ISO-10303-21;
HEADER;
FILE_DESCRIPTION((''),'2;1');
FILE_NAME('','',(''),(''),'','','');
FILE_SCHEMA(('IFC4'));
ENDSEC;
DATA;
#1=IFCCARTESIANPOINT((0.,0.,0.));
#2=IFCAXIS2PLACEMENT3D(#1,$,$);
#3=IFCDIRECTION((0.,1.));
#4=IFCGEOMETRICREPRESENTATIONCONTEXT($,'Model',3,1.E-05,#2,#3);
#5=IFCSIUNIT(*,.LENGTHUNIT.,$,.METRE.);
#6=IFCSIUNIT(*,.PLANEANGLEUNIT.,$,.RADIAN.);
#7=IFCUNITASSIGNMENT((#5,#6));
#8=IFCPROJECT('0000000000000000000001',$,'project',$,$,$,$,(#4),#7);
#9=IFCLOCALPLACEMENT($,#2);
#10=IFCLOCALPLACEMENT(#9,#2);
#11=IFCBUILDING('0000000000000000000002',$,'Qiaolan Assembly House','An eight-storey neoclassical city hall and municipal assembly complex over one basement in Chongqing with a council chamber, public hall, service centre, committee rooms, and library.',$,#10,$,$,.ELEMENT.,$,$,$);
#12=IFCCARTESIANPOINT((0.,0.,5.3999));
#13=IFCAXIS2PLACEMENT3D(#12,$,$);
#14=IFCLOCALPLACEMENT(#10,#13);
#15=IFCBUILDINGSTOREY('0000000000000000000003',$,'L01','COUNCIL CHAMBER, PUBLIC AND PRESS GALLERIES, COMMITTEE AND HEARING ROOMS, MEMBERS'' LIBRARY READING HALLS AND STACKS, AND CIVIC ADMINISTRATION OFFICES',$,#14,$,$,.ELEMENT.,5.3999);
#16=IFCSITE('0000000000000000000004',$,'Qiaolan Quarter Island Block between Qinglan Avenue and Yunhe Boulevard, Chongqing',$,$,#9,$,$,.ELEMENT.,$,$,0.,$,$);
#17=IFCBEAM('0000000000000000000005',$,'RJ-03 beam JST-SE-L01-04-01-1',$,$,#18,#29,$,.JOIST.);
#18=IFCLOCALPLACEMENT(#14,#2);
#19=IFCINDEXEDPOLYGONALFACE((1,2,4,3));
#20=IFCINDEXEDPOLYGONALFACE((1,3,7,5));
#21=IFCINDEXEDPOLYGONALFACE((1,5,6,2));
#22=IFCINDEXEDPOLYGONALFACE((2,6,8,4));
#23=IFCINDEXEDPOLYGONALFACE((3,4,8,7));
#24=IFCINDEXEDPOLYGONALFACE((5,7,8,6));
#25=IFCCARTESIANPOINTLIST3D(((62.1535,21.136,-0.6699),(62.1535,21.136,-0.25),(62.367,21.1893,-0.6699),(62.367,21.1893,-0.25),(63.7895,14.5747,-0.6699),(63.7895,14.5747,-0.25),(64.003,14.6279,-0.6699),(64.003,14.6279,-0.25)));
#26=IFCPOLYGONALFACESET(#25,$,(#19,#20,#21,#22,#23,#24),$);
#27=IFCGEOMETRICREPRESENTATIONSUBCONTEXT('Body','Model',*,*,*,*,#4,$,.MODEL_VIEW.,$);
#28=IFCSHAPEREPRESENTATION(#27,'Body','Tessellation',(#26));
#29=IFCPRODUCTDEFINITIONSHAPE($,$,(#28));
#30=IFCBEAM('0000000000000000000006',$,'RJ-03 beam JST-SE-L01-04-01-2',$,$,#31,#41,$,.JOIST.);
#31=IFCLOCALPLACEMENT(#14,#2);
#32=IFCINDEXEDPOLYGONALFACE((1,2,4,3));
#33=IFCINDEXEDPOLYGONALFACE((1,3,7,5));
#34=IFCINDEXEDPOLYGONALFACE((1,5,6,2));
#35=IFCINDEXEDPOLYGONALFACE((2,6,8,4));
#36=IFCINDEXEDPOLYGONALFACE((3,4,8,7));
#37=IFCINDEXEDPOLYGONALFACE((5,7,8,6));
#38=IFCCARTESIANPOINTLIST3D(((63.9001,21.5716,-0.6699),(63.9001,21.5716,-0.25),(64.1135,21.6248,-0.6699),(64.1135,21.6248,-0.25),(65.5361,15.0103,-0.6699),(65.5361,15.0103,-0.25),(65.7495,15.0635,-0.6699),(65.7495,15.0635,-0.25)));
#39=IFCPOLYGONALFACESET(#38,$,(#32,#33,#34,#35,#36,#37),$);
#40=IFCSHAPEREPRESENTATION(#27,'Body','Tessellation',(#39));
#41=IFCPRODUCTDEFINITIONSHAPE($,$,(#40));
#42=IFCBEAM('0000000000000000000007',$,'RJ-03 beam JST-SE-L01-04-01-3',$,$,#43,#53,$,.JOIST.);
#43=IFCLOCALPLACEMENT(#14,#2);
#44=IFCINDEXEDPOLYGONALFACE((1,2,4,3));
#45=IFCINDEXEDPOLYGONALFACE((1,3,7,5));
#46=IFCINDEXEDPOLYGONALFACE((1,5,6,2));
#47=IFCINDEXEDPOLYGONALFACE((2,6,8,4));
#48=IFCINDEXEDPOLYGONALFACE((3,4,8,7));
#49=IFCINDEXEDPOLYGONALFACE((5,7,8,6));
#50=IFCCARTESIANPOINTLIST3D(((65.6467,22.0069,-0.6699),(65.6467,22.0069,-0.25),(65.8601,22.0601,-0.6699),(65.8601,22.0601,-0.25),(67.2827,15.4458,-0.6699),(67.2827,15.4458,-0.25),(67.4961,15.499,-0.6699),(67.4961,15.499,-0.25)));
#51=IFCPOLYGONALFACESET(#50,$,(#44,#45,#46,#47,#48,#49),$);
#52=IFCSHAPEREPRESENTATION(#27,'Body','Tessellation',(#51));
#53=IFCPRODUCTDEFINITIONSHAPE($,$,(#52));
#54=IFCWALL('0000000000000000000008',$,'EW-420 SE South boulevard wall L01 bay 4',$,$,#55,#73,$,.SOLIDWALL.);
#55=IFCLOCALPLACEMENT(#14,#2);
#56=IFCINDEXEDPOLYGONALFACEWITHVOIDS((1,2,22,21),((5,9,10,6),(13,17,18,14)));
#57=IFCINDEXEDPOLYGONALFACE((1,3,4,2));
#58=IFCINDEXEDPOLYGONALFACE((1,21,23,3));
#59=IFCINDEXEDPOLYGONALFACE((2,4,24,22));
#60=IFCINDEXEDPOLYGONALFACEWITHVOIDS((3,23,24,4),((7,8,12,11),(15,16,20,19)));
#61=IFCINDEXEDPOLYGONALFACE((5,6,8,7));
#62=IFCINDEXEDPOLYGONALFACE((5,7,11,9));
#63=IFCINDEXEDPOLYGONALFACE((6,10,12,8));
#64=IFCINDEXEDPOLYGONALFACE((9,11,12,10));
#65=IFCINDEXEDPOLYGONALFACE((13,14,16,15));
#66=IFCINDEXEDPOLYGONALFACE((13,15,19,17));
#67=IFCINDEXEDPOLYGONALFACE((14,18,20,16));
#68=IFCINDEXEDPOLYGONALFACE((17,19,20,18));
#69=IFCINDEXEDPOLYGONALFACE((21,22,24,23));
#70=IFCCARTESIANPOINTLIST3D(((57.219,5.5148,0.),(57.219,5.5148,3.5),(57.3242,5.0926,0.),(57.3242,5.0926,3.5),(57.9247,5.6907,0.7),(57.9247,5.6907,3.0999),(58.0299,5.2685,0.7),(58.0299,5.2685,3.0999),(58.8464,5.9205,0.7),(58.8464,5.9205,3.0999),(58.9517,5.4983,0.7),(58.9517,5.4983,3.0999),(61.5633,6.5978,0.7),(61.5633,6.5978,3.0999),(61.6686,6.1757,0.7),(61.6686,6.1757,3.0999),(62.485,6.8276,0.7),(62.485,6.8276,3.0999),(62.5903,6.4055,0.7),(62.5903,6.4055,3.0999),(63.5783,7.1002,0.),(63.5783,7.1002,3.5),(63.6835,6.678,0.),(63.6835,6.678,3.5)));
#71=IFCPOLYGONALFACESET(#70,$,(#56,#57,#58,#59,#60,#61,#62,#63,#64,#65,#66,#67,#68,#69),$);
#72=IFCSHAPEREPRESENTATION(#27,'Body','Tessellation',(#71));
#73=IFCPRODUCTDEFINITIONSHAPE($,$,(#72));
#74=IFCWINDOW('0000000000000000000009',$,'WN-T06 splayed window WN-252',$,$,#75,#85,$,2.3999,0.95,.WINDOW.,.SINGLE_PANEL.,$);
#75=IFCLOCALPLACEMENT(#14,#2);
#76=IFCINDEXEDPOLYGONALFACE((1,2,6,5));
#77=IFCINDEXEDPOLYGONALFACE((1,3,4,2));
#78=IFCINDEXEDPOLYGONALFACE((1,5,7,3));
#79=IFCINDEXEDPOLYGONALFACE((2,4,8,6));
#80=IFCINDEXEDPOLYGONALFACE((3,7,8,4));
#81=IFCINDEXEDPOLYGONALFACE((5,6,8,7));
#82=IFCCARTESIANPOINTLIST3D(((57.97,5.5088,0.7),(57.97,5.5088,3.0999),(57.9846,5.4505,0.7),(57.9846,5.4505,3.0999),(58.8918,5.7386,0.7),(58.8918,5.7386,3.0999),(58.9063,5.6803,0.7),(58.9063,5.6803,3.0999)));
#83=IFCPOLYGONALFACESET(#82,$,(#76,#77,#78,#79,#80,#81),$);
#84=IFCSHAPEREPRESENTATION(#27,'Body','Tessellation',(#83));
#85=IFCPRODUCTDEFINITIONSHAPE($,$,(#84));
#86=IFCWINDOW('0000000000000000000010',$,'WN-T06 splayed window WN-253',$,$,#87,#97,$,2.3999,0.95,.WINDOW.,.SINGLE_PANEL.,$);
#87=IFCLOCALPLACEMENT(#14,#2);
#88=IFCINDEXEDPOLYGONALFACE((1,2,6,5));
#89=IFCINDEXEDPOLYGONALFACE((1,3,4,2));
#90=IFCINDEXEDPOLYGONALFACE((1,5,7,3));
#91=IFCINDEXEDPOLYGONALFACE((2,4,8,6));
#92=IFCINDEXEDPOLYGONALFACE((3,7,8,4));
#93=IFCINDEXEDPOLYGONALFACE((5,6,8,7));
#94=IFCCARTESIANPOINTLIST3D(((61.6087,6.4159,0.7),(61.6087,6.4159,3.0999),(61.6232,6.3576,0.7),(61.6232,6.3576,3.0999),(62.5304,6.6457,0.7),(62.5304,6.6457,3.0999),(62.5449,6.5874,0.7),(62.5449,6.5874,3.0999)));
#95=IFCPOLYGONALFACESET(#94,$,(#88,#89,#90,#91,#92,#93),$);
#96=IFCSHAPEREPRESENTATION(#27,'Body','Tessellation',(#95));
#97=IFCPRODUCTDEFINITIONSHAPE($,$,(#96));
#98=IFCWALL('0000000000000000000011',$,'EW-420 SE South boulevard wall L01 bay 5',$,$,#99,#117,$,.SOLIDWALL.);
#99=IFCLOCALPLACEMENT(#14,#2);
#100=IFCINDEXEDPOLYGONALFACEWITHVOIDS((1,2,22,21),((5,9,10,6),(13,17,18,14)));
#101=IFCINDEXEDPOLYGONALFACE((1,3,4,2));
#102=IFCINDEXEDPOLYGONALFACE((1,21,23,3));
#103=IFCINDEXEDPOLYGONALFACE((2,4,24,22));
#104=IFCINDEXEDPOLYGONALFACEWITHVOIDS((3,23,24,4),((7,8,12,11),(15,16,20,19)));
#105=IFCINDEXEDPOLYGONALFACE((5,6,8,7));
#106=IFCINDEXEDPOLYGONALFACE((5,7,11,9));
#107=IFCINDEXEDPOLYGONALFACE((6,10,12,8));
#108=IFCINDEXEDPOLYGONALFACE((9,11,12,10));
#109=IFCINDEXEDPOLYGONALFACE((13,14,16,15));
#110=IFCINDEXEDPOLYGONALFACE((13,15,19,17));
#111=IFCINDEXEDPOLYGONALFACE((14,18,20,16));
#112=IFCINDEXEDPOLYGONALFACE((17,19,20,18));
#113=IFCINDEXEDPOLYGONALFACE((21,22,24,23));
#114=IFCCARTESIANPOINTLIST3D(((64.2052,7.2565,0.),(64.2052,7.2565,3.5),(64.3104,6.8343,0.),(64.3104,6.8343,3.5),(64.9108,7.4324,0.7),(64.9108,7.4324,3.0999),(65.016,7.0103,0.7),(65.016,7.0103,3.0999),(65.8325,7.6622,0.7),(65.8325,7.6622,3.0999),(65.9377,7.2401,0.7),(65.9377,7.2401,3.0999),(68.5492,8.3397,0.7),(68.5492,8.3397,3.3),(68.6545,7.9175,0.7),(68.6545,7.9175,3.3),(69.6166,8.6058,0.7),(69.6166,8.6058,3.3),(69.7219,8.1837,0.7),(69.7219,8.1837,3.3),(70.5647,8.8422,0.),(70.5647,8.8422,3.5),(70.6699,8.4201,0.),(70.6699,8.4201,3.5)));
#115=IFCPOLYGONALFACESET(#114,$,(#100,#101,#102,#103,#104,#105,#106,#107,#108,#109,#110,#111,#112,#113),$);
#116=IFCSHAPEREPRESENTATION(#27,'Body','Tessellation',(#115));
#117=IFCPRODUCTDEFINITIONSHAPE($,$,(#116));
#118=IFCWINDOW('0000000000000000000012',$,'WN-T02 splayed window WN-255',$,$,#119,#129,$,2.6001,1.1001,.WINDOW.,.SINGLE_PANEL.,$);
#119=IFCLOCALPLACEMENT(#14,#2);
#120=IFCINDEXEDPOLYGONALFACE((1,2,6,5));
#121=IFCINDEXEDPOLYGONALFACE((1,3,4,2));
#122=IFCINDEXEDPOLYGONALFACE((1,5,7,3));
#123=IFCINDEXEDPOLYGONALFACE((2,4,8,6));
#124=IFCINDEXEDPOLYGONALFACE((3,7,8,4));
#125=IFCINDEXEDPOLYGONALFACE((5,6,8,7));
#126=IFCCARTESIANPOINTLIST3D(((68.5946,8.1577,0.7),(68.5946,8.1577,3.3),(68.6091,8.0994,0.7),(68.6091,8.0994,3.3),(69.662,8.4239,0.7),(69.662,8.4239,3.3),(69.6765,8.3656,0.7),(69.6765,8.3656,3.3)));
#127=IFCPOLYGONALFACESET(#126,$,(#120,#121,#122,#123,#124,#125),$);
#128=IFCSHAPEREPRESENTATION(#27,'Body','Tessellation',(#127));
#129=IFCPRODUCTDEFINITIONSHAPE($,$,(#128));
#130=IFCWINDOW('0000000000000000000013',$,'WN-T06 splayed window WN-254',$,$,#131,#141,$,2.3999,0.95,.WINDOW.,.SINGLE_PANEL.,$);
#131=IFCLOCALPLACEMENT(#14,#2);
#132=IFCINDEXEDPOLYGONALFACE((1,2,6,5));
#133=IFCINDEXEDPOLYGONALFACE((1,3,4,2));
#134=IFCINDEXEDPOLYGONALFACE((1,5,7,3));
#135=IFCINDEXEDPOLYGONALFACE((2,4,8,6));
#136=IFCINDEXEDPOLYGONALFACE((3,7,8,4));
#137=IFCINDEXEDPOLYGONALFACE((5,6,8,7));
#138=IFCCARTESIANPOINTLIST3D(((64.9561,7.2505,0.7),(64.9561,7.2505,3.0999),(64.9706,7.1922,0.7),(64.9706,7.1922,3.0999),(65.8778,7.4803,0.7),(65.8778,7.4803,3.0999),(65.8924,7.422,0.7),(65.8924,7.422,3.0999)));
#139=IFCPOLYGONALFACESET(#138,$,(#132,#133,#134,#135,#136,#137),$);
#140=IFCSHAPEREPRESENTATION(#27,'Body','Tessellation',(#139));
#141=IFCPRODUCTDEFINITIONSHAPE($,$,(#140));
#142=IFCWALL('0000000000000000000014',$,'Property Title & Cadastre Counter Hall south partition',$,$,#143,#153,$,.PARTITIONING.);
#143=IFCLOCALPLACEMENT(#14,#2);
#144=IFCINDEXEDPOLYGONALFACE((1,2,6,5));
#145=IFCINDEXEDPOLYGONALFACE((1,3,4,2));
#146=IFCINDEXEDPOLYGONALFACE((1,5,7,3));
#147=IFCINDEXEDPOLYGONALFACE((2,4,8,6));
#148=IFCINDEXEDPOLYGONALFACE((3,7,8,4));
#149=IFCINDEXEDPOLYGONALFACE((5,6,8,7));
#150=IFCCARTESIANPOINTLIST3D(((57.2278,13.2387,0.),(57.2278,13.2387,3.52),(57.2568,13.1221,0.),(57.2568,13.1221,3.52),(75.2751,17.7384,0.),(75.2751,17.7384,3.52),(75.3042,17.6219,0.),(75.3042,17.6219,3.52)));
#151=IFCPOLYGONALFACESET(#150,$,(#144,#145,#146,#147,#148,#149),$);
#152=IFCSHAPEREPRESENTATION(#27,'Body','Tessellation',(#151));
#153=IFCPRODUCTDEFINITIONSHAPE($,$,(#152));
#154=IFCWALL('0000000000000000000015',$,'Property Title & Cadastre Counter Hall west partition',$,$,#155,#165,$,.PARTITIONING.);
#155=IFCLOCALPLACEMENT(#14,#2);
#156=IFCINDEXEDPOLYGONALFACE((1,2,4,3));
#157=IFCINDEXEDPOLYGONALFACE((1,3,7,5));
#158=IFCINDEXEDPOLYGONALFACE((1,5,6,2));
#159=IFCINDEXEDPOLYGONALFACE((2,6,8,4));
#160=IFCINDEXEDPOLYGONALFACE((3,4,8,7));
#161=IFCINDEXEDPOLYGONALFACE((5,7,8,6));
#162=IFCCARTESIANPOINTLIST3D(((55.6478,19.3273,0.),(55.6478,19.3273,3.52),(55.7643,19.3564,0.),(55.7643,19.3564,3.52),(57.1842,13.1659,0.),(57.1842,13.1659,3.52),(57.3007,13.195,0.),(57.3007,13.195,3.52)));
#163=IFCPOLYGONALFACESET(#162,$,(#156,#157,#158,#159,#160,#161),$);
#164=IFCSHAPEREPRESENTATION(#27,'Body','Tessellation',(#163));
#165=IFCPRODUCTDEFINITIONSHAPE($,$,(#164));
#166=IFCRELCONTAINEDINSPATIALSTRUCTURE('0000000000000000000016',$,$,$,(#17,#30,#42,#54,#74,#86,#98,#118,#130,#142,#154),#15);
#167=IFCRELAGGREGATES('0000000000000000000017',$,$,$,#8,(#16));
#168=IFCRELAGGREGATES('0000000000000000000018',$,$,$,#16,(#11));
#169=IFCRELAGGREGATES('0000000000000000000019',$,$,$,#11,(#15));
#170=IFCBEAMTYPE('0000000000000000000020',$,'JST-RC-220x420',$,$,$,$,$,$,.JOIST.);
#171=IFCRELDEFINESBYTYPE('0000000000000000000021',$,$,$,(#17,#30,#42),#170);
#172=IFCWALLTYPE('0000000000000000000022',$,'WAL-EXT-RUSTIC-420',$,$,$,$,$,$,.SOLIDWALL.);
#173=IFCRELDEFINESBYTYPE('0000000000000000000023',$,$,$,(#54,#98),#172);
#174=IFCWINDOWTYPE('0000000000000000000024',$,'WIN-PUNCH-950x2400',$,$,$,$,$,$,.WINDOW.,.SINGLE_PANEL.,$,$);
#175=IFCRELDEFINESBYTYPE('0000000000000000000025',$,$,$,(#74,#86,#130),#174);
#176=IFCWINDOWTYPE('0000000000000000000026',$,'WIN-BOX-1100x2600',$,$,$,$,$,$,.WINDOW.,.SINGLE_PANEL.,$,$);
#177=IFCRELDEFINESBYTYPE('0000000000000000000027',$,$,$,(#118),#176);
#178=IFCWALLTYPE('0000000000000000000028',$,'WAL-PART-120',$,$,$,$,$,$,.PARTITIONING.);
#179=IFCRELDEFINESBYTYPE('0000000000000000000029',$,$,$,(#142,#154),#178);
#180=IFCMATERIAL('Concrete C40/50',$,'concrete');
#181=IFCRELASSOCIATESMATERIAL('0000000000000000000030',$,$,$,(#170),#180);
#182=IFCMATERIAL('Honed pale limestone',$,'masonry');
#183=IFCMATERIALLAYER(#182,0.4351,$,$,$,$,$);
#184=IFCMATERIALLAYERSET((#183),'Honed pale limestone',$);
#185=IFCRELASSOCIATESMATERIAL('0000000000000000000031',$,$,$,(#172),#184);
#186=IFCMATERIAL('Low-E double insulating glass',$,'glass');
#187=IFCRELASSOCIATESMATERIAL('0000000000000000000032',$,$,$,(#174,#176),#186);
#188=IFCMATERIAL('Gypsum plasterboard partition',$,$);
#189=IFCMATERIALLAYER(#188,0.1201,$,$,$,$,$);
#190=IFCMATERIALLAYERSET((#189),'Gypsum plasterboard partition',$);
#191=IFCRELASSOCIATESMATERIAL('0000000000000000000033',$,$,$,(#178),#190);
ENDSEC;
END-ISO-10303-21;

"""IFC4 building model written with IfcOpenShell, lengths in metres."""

from ifc_helpers import new_model, si_unit, direction, frame, frame_2d, origin, origin_2d, place, context, subcontext, project, spatial, rectangle, extrude, material, layer, layer_set, material_profile, profile_set, type_object, element, fill, save


model = new_model("IFC4")

# Units and contexts
model_context = context("Model", 3, precision=1e-05, world=origin(), true_north=direction((0.0, 1.0)))
body_context = subcontext(model_context, "Body", "Model", "MODEL_VIEW")
ifc_project = project(units=[si_unit("LENGTHUNIT", "METRE"), si_unit("PLANEANGLEUNIT", "RADIAN")], contexts=[model_context])

# Site, building, storey
site_placement = place(None, origin())
site = spatial("IfcSite", under=ifc_project, at=site_placement, Name="Qiaolan Quarter Island Block between Qinglan Avenue and Yunhe Boulevard, Chongqing", CompositionType="ELEMENT", RefElevation=0.0)
building_placement = place(site_placement, origin())
building = spatial("IfcBuilding", under=site, at=building_placement, Name="Qiaolan Assembly House", Description="An eight-storey neoclassical city hall and municipal assembly complex over one basement in Chongqing with a council chamber, public hall, service centre, committee rooms, and library.", CompositionType="ELEMENT")
storey_placement = place(building_placement, frame((0.0, 0.0, 5.3999)))
storey = spatial("IfcBuildingStorey", under=building, at=storey_placement, Name="L01", Description="COUNCIL CHAMBER, PUBLIC AND PRESS GALLERIES, COMMITTEE AND HEARING ROOMS, MEMBERS' LIBRARY READING HALLS AND STACKS, AND CIVIC ADMINISTRATION OFFICES", CompositionType="ELEMENT", Elevation=5.3999)

# Beams
ifc_material_1 = material(Name="Concrete C40/50", Category="concrete")
ifc_material_profile_1 = material_profile(ifc_material_1, rectangle(XDim=0.22, YDim=0.4199, at=origin_2d()), Name="RCB 220x420")
ifc_profile_set_1 = profile_set([ifc_material_profile_1], Name="Concrete C40/50")
beam_type_1 = type_object("IfcBeamType", Name="JST-RC-220x420", PredefinedType="JOIST", material=ifc_profile_set_1)
for number, where, z_axis, x_axis, name in (
    (1, (63.8962, 14.6013, -0.46), (-0.241932, 0.970293, 0.0), (-0.970293, -0.241932, 0.0), "RJ-03 beam JST-SE-L01-04-01-1"),
    (2, (65.6428, 15.0369, -0.46), (-0.241932, 0.970293, 0.0), (-0.970293, -0.241932, 0.0), "RJ-03 beam JST-SE-L01-04-01-2"),
):
    element("IfcBeam", number, at=place(storey_placement, frame(where, z_axis=z_axis, x_axis=x_axis)), inside=storey, type_object=beam_type_1, Name=name, PredefinedType="JOIST", context=body_context, shape_type="SweptSolid", body=[
        extrude(rectangle(XDim=0.22, YDim=0.4199, at=origin_2d()), origin(), (0.0, 0.0, 1.0), 6.7622),
    ])
beam_1_placement = place(storey_placement, frame((67.3894, 15.4724, -0.46), z_axis=(-0.241941, 0.970291, 0.0), x_axis=(-0.970291, -0.241941, 0.0)))
element("IfcBeam", 3, at=beam_1_placement, inside=storey, type_object=beam_type_1, Name="RJ-03 beam JST-SE-L01-04-01-3", PredefinedType="JOIST", context=body_context, shape_type="SweptSolid", body=[
    extrude(rectangle(XDim=0.22, YDim=0.4199, at=origin_2d()), origin(), (0.0, 0.0, 1.0), 6.762),
])

# Walls, openings, windows
ifc_material_2 = material(Name="Honed pale limestone", Category="masonry")
ifc_layer_1 = layer(ifc_material_2, 0.4351)
ifc_layer_set_1 = layer_set([ifc_layer_1], Name="Honed pale limestone")
wall_type_1 = type_object("IfcWallType", Name="WAL-EXT-RUSTIC-420", PredefinedType="SOLIDWALL", material=ifc_layer_set_1)
wall_1_placement = place(storey_placement, frame((57.2717, 5.3037, 0.0), z_axis=(0.0, 0.0, 1.0), x_axis=(0.9703, 0.241905, 0.0)))
wall_1 = element("IfcWall", 4, at=wall_1_placement, inside=storey, type_object=wall_type_1, Name="EW-420 SE South boulevard wall L01 bay 4", PredefinedType="SOLIDWALL", context=body_context, shape_type="SweptSolid", body=[
    extrude(rectangle(XDim=6.554, YDim=0.4351, at=frame_2d((3.2769, 0.0))), origin(), (0.0, 0.0, 1.0), 3.5),
])
opening_1_placement = place(wall_1_placement, frame((0.7271, 0.0, 0.7)))
opening_1 = element("IfcOpeningElement", 5, at=opening_1_placement, cuts=wall_1, PredefinedType="OPENING", context=body_context, shape_type="SweptSolid", body=[
    extrude(rectangle(XDim=0.95, YDim=2.3999, at=frame_2d((0.4751, 1.2))), frame((0.0, 0.2275, 0.0), z_axis=(0.0, -1.0, 0.0), x_axis=(1.0, 0.0, 0.0)), (0.0, 0.0, 1.0), 0.4551),
])
opening_2_placement = place(wall_1_placement, frame((4.4771, 0.0, 0.7)))
opening_2 = element("IfcOpeningElement", 6, at=opening_2_placement, cuts=wall_1, PredefinedType="OPENING", context=body_context, shape_type="SweptSolid", body=[
    extrude(rectangle(XDim=0.95, YDim=2.3999, at=frame_2d((0.4751, 1.2))), frame((0.0, 0.2275, 0.0), z_axis=(0.0, -1.0, 0.0), x_axis=(1.0, 0.0, 0.0)), (0.0, 0.0, 1.0), 0.4551),
])
ifc_material_3 = material(Name="Low-E double insulating glass", Category="glass")
window_type_1 = type_object("IfcWindowType", Name="WIN-PUNCH-950x2400", PartitioningType="SINGLE_PANEL", PredefinedType="WINDOW", material=ifc_material_3)
window_1_placement = place(opening_1_placement, origin())
window_1 = element("IfcWindow", 7, at=window_1_placement, inside=storey, type_object=window_type_1, Name="WN-T06 splayed window WN-252", OverallHeight=2.3999, OverallWidth=0.95, PartitioningType="SINGLE_PANEL", PredefinedType="WINDOW", context=body_context, shape_type="SweptSolid", body=[
    extrude(rectangle(XDim=0.95, YDim=2.3999, at=frame_2d((0.4751, 1.2))), frame((0.0, 0.03, 0.0), z_axis=(0.0, -1.0, 0.0), x_axis=(1.0, 0.0, 0.0)), (0.0, 0.0, 1.0), 0.0601),
])
fill(opening_1, window_1)
window_2_placement = place(opening_2_placement, origin())
window_2 = element("IfcWindow", 8, at=window_2_placement, inside=storey, type_object=window_type_1, Name="WN-T06 splayed window WN-253", OverallHeight=2.3999, OverallWidth=0.95, PartitioningType="SINGLE_PANEL", PredefinedType="WINDOW", context=body_context, shape_type="SweptSolid", body=[
    extrude(rectangle(XDim=0.95, YDim=2.3999, at=frame_2d((0.4751, 1.2))), frame((0.0, 0.03, 0.0), z_axis=(0.0, -1.0, 0.0), x_axis=(1.0, 0.0, 0.0)), (0.0, 0.0, 1.0), 0.0601),
])
fill(opening_2, window_2)
wall_2_placement = place(storey_placement, frame((64.2578, 7.0454, 0.0), z_axis=(0.0, 0.0, 1.0), x_axis=(0.970291, 0.24194, 0.0)))
wall_2 = element("IfcWall", 9, at=wall_2_placement, inside=storey, type_object=wall_type_1, Name="EW-420 SE South boulevard wall L01 bay 5", PredefinedType="SOLIDWALL", context=body_context, shape_type="SweptSolid", body=[
    extrude(rectangle(XDim=6.5542, YDim=0.4351, at=frame_2d((3.2771, 0.0))), origin(), (0.0, 0.0, 1.0), 3.5),
])
opening_3_placement = place(wall_2_placement, frame((0.7271, 0.0, 0.7)))
opening_3 = element("IfcOpeningElement", 10, at=opening_3_placement, cuts=wall_2, PredefinedType="OPENING", context=body_context, shape_type="SweptSolid", body=[
    extrude(rectangle(XDim=0.95, YDim=2.3999, at=frame_2d((0.4751, 1.2))), frame((0.0, 0.2275, 0.0), z_axis=(0.0, -1.0, 0.0), x_axis=(1.0, 0.0, 0.0)), (0.0, 0.0, 1.0), 0.4551),
])
opening_4_placement = place(wall_2_placement, frame((4.4771, 0.0, 0.7)))
opening_4 = element("IfcOpeningElement", 11, at=opening_4_placement, cuts=wall_2, PredefinedType="OPENING", context=body_context, shape_type="SweptSolid", body=[
    extrude(rectangle(XDim=1.1001, YDim=2.6001, at=frame_2d((0.55, 1.3))), frame((0.0, 0.2275, 0.0), z_axis=(0.0, -1.0, 0.0), x_axis=(1.0, 0.0, 0.0)), (0.0, 0.0, 1.0), 0.4551),
])
window_type_2 = type_object("IfcWindowType", Name="WIN-BOX-1100x2600", PartitioningType="SINGLE_PANEL", PredefinedType="WINDOW", material=ifc_material_3)
window_3_placement = place(opening_4_placement, origin())
window_3 = element("IfcWindow", 12, at=window_3_placement, inside=storey, type_object=window_type_2, Name="WN-T02 splayed window WN-255", OverallHeight=2.6001, OverallWidth=1.1001, PartitioningType="SINGLE_PANEL", PredefinedType="WINDOW", context=body_context, shape_type="SweptSolid", body=[
    extrude(rectangle(XDim=1.1001, YDim=2.6001, at=frame_2d((0.55, 1.3))), frame((0.0, 0.03, 0.0), z_axis=(0.0, -1.0, 0.0), x_axis=(1.0, 0.0, 0.0)), (0.0, 0.0, 1.0), 0.0601),
])
fill(opening_4, window_3)
window_4_placement = place(opening_3_placement, origin())
window_4 = element("IfcWindow", 13, at=window_4_placement, inside=storey, type_object=window_type_1, Name="WN-T06 splayed window WN-254", OverallHeight=2.3999, OverallWidth=0.95, PartitioningType="SINGLE_PANEL", PredefinedType="WINDOW", context=body_context, shape_type="SweptSolid", body=[
    extrude(rectangle(XDim=0.95, YDim=2.3999, at=frame_2d((0.4751, 1.2))), frame((0.0, 0.03, 0.0), z_axis=(0.0, -1.0, 0.0), x_axis=(1.0, 0.0, 0.0)), (0.0, 0.0, 1.0), 0.0601),
])
fill(opening_3, window_4)

# Walls
ifc_material_4 = material(Name="Gypsum plasterboard partition")
ifc_layer_2 = layer(ifc_material_4, 0.1201)
ifc_layer_set_2 = layer_set([ifc_layer_2], Name="Gypsum plasterboard partition")
wall_type_2 = type_object("IfcWallType", Name="WAL-PART-120", PredefinedType="PARTITIONING", material=ifc_layer_set_2)
wall_3_placement = place(storey_placement, frame((57.2424, 13.1804, 0.0), z_axis=(0.0, 0.0, 1.0), x_axis=(0.970295, 0.241924, 0.0)))
element("IfcWall", 14, at=wall_3_placement, inside=storey, type_object=wall_type_2, Name="Property Title & Cadastre Counter Hall south partition", PredefinedType="PARTITIONING", context=body_context, shape_type="SweptSolid", body=[
    extrude(rectangle(XDim=18.5999, YDim=0.1201, at=frame_2d((9.2998, 0.0))), origin(), (0.0, 0.0, 1.0), 3.52),
])
wall_4_placement = place(storey_placement, frame((57.2424, 13.1804, 0.0), z_axis=(0.0, 0.0, 1.0), x_axis=(-0.241948, 0.970289, 0.0)))
element("IfcWall", 15, at=wall_4_placement, inside=storey, type_object=wall_type_2, Name="Property Title & Cadastre Counter Hall west partition", PredefinedType="PARTITIONING", context=body_context, shape_type="SweptSolid", body=[
    extrude(rectangle(XDim=6.3501, YDim=0.1201, at=frame_2d((3.175, 0.0))), origin(), (0.0, 0.0, 1.0), 3.52),
])

save(model, "model.ifc")
